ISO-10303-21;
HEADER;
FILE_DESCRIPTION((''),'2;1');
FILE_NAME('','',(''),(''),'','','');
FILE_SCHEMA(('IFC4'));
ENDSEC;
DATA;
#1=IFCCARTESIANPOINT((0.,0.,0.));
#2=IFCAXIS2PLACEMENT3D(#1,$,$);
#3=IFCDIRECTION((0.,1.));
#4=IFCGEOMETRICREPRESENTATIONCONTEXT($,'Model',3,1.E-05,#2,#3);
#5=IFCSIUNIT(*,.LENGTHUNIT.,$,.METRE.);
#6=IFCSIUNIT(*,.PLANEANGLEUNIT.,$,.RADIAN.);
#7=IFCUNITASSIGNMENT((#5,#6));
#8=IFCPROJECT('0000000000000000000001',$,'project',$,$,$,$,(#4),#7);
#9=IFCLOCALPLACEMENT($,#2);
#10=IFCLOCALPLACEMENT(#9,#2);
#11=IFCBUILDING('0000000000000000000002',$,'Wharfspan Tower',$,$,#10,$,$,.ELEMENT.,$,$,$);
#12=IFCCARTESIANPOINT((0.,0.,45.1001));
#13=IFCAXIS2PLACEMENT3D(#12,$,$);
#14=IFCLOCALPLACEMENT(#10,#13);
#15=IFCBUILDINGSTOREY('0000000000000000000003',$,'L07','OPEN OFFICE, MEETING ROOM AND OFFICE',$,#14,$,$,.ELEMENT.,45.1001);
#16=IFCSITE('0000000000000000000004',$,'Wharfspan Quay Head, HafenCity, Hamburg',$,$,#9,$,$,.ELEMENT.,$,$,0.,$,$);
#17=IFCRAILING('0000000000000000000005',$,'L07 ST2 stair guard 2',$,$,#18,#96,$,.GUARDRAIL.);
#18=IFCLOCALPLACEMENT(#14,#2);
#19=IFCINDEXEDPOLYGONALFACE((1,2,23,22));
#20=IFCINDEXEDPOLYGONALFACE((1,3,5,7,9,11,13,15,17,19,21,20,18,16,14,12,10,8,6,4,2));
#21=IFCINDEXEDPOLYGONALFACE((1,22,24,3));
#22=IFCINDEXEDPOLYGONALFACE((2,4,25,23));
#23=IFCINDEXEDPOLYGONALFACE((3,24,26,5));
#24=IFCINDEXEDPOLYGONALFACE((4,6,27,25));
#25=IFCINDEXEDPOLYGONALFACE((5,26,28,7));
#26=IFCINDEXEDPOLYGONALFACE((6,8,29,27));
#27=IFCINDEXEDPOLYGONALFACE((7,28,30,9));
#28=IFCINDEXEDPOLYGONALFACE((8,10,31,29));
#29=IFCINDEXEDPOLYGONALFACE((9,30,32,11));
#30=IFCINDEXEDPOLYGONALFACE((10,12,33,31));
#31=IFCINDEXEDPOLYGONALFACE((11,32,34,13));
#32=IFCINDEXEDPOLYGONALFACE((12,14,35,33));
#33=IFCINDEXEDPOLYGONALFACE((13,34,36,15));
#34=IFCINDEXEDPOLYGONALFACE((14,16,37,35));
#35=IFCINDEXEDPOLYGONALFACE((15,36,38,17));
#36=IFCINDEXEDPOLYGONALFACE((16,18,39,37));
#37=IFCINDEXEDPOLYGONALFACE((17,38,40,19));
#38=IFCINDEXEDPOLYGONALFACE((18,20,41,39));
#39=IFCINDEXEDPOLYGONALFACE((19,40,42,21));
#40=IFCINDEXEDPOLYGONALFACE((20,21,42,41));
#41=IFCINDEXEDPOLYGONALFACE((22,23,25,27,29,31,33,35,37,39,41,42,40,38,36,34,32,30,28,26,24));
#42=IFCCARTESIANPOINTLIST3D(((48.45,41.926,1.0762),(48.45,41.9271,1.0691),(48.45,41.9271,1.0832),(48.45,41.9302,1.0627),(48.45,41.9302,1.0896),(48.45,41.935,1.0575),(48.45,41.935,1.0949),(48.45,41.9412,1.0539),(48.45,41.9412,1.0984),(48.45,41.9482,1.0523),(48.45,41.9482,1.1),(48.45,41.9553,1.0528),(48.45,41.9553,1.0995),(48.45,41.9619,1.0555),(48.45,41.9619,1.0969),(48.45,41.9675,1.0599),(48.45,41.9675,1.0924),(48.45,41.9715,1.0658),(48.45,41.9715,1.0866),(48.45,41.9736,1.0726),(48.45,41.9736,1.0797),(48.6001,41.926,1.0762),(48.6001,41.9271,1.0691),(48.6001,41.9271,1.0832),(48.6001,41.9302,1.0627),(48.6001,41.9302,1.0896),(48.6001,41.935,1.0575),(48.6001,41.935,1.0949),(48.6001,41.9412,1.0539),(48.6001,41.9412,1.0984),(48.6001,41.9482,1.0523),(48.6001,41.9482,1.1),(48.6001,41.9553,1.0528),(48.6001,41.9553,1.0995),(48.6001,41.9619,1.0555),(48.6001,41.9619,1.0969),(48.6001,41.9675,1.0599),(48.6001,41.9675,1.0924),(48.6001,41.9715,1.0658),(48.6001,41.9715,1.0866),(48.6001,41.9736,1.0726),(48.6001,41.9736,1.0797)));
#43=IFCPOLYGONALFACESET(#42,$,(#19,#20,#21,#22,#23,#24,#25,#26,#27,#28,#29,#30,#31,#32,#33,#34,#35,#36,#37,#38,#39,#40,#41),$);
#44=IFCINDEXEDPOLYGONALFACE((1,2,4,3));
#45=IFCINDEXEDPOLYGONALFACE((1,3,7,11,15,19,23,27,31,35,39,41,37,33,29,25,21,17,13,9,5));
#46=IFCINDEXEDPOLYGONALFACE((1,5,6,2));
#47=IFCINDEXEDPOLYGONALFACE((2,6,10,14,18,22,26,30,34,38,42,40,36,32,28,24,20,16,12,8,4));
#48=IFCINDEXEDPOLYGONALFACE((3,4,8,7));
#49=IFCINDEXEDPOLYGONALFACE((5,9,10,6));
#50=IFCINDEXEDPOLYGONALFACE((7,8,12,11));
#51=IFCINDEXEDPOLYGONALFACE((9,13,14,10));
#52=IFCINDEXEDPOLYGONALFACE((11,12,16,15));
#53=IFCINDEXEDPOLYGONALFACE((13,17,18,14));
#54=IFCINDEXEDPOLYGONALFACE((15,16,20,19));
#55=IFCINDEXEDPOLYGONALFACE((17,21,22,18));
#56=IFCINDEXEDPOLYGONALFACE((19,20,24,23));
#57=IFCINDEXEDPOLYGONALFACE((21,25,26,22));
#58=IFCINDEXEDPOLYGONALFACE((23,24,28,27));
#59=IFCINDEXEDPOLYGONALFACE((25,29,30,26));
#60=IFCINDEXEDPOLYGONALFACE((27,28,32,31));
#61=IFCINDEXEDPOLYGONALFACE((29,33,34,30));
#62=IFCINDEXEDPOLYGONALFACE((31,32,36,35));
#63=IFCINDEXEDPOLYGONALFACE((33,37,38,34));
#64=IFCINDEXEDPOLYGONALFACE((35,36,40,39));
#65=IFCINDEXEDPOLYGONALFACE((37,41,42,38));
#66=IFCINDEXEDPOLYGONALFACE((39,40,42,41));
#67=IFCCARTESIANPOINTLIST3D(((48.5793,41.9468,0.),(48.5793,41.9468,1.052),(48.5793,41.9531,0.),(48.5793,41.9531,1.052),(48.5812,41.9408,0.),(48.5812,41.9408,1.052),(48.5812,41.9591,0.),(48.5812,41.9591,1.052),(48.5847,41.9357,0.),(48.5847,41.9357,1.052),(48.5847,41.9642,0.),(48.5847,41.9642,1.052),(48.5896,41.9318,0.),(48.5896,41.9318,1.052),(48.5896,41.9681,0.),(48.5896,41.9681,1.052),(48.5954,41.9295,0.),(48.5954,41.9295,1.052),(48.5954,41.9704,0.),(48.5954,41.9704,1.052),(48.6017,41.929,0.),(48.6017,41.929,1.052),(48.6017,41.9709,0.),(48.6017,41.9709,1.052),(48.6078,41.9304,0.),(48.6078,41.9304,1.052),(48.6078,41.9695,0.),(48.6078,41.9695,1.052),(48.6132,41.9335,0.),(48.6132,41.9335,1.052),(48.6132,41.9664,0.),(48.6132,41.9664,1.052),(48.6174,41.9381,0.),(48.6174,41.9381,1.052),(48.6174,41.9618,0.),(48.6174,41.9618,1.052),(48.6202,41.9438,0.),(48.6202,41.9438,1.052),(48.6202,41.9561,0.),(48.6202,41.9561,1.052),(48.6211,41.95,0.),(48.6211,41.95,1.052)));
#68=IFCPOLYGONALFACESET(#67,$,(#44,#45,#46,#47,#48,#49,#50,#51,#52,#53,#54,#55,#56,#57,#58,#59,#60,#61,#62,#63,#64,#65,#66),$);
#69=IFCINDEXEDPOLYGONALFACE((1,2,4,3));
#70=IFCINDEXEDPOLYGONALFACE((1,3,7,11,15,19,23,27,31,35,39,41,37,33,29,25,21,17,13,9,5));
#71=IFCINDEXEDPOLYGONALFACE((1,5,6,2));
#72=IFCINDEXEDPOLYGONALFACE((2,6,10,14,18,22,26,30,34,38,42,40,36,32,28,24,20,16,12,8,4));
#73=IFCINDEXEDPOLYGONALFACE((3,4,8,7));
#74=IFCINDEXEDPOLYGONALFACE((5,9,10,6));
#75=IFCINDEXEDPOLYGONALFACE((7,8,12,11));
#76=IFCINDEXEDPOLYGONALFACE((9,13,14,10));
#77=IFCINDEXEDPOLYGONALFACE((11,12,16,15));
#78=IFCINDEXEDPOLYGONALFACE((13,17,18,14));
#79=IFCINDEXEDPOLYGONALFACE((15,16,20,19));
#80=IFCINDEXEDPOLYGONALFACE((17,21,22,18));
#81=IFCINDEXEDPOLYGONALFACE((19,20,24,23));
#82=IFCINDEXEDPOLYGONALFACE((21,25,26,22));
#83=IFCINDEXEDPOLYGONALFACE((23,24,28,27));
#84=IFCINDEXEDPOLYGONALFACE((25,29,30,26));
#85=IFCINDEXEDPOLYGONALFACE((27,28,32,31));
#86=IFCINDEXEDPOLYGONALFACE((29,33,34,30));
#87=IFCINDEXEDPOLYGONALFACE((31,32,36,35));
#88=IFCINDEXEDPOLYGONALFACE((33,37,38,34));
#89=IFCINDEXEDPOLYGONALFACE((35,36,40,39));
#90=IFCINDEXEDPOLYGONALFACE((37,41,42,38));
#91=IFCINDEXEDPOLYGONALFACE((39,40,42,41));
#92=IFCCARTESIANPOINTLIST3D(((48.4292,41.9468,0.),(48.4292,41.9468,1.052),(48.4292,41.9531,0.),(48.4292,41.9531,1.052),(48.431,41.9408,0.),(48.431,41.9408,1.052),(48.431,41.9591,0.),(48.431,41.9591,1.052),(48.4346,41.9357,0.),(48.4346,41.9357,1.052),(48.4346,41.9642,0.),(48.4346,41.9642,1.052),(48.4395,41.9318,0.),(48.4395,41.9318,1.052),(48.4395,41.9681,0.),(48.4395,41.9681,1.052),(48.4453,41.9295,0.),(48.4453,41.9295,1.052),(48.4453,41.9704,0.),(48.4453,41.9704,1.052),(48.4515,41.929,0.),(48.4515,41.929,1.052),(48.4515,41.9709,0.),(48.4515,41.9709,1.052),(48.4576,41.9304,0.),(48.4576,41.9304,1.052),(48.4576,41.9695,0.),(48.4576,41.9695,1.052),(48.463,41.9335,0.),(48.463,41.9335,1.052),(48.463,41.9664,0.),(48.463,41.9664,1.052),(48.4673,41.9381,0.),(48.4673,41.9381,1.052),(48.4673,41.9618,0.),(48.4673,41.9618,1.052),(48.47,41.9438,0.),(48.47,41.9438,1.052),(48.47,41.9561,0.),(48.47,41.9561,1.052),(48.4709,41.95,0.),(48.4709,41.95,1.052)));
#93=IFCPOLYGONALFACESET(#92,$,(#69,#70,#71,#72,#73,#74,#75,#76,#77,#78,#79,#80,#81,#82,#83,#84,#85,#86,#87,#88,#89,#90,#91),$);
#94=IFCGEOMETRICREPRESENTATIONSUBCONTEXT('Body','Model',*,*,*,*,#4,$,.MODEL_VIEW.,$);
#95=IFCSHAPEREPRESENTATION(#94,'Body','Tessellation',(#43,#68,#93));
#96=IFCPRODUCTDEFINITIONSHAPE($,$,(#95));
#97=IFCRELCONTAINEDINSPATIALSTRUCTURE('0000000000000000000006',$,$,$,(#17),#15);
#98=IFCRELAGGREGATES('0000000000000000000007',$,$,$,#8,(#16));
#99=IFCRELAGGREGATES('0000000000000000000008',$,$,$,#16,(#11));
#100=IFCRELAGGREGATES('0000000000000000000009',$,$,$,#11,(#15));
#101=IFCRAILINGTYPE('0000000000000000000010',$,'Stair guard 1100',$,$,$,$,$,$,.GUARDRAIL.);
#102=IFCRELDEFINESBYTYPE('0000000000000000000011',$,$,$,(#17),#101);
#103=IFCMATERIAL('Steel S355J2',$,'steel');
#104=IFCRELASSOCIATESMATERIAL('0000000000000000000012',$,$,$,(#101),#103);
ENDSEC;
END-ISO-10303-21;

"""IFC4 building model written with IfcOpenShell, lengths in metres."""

from ifc_helpers import new_model, si_unit, direction, frame, origin, origin_2d, place, context, subcontext, project, spatial, circle, extrude, material, type_object, element, save


model = new_model("IFC4")

# Units and contexts
model_context = context("Model", 3, precision=1e-05, world=origin(), true_north=direction((0.0, 1.0)))
body_context = subcontext(model_context, "Body", "Model", "MODEL_VIEW")
ifc_project = project(units=[si_unit("LENGTHUNIT", "METRE"), si_unit("PLANEANGLEUNIT", "RADIAN")], contexts=[model_context])

# Site, building, storey
site_placement = place(None, origin())
site = spatial("IfcSite", under=ifc_project, at=site_placement, Name="Wharfspan Quay Head, HafenCity, Hamburg", CompositionType="ELEMENT", RefElevation=0.0)
building_placement = place(site_placement, origin())
building = spatial("IfcBuilding", under=site, at=building_placement, Name="Wharfspan Tower", CompositionType="ELEMENT")
storey_placement = place(building_placement, frame((0.0, 0.0, 45.1001)))
storey = spatial("IfcBuildingStorey", under=building, at=storey_placement, Name="L07", Description="OPEN OFFICE, MEETING ROOM AND OFFICE", CompositionType="ELEMENT", Elevation=45.1001)

# Shared definitions
ifc_material_1 = material(Name="Steel S355J2", Category="steel")

# Railing
railing_type_1 = type_object("IfcRailingType", Name="Stair guard 1100", PredefinedType="GUARDRAIL", material=ifc_material_1)
railing_1_placement = place(storey_placement, frame((48.6001, 41.95, 0.0)))
element("IfcRailing", 1, at=railing_1_placement, inside=storey, type_object=railing_type_1, Name="L07 ST2 stair guard 2", PredefinedType="GUARDRAIL", context=body_context, shape_type="SweptSolid", body=[
    extrude(circle(Radius=0.0239, at=origin_2d()), frame((0.0, 0.0, 1.0762), z_axis=(-1.0, 0.0, 0.0), x_axis=(0.0, -1.0, 0.0)), (0.0, 0.0, 1.0), 0.1501),
    extrude(circle(Radius=0.021, at=origin_2d()), origin(), (0.0, 0.0, 1.0), 1.052),
    extrude(circle(Radius=0.021, at=origin_2d()), frame((-0.1501, 0.0, 0.0)), (0.0, 0.0, 1.0), 1.052),
])

save(model, "model.ifc")
